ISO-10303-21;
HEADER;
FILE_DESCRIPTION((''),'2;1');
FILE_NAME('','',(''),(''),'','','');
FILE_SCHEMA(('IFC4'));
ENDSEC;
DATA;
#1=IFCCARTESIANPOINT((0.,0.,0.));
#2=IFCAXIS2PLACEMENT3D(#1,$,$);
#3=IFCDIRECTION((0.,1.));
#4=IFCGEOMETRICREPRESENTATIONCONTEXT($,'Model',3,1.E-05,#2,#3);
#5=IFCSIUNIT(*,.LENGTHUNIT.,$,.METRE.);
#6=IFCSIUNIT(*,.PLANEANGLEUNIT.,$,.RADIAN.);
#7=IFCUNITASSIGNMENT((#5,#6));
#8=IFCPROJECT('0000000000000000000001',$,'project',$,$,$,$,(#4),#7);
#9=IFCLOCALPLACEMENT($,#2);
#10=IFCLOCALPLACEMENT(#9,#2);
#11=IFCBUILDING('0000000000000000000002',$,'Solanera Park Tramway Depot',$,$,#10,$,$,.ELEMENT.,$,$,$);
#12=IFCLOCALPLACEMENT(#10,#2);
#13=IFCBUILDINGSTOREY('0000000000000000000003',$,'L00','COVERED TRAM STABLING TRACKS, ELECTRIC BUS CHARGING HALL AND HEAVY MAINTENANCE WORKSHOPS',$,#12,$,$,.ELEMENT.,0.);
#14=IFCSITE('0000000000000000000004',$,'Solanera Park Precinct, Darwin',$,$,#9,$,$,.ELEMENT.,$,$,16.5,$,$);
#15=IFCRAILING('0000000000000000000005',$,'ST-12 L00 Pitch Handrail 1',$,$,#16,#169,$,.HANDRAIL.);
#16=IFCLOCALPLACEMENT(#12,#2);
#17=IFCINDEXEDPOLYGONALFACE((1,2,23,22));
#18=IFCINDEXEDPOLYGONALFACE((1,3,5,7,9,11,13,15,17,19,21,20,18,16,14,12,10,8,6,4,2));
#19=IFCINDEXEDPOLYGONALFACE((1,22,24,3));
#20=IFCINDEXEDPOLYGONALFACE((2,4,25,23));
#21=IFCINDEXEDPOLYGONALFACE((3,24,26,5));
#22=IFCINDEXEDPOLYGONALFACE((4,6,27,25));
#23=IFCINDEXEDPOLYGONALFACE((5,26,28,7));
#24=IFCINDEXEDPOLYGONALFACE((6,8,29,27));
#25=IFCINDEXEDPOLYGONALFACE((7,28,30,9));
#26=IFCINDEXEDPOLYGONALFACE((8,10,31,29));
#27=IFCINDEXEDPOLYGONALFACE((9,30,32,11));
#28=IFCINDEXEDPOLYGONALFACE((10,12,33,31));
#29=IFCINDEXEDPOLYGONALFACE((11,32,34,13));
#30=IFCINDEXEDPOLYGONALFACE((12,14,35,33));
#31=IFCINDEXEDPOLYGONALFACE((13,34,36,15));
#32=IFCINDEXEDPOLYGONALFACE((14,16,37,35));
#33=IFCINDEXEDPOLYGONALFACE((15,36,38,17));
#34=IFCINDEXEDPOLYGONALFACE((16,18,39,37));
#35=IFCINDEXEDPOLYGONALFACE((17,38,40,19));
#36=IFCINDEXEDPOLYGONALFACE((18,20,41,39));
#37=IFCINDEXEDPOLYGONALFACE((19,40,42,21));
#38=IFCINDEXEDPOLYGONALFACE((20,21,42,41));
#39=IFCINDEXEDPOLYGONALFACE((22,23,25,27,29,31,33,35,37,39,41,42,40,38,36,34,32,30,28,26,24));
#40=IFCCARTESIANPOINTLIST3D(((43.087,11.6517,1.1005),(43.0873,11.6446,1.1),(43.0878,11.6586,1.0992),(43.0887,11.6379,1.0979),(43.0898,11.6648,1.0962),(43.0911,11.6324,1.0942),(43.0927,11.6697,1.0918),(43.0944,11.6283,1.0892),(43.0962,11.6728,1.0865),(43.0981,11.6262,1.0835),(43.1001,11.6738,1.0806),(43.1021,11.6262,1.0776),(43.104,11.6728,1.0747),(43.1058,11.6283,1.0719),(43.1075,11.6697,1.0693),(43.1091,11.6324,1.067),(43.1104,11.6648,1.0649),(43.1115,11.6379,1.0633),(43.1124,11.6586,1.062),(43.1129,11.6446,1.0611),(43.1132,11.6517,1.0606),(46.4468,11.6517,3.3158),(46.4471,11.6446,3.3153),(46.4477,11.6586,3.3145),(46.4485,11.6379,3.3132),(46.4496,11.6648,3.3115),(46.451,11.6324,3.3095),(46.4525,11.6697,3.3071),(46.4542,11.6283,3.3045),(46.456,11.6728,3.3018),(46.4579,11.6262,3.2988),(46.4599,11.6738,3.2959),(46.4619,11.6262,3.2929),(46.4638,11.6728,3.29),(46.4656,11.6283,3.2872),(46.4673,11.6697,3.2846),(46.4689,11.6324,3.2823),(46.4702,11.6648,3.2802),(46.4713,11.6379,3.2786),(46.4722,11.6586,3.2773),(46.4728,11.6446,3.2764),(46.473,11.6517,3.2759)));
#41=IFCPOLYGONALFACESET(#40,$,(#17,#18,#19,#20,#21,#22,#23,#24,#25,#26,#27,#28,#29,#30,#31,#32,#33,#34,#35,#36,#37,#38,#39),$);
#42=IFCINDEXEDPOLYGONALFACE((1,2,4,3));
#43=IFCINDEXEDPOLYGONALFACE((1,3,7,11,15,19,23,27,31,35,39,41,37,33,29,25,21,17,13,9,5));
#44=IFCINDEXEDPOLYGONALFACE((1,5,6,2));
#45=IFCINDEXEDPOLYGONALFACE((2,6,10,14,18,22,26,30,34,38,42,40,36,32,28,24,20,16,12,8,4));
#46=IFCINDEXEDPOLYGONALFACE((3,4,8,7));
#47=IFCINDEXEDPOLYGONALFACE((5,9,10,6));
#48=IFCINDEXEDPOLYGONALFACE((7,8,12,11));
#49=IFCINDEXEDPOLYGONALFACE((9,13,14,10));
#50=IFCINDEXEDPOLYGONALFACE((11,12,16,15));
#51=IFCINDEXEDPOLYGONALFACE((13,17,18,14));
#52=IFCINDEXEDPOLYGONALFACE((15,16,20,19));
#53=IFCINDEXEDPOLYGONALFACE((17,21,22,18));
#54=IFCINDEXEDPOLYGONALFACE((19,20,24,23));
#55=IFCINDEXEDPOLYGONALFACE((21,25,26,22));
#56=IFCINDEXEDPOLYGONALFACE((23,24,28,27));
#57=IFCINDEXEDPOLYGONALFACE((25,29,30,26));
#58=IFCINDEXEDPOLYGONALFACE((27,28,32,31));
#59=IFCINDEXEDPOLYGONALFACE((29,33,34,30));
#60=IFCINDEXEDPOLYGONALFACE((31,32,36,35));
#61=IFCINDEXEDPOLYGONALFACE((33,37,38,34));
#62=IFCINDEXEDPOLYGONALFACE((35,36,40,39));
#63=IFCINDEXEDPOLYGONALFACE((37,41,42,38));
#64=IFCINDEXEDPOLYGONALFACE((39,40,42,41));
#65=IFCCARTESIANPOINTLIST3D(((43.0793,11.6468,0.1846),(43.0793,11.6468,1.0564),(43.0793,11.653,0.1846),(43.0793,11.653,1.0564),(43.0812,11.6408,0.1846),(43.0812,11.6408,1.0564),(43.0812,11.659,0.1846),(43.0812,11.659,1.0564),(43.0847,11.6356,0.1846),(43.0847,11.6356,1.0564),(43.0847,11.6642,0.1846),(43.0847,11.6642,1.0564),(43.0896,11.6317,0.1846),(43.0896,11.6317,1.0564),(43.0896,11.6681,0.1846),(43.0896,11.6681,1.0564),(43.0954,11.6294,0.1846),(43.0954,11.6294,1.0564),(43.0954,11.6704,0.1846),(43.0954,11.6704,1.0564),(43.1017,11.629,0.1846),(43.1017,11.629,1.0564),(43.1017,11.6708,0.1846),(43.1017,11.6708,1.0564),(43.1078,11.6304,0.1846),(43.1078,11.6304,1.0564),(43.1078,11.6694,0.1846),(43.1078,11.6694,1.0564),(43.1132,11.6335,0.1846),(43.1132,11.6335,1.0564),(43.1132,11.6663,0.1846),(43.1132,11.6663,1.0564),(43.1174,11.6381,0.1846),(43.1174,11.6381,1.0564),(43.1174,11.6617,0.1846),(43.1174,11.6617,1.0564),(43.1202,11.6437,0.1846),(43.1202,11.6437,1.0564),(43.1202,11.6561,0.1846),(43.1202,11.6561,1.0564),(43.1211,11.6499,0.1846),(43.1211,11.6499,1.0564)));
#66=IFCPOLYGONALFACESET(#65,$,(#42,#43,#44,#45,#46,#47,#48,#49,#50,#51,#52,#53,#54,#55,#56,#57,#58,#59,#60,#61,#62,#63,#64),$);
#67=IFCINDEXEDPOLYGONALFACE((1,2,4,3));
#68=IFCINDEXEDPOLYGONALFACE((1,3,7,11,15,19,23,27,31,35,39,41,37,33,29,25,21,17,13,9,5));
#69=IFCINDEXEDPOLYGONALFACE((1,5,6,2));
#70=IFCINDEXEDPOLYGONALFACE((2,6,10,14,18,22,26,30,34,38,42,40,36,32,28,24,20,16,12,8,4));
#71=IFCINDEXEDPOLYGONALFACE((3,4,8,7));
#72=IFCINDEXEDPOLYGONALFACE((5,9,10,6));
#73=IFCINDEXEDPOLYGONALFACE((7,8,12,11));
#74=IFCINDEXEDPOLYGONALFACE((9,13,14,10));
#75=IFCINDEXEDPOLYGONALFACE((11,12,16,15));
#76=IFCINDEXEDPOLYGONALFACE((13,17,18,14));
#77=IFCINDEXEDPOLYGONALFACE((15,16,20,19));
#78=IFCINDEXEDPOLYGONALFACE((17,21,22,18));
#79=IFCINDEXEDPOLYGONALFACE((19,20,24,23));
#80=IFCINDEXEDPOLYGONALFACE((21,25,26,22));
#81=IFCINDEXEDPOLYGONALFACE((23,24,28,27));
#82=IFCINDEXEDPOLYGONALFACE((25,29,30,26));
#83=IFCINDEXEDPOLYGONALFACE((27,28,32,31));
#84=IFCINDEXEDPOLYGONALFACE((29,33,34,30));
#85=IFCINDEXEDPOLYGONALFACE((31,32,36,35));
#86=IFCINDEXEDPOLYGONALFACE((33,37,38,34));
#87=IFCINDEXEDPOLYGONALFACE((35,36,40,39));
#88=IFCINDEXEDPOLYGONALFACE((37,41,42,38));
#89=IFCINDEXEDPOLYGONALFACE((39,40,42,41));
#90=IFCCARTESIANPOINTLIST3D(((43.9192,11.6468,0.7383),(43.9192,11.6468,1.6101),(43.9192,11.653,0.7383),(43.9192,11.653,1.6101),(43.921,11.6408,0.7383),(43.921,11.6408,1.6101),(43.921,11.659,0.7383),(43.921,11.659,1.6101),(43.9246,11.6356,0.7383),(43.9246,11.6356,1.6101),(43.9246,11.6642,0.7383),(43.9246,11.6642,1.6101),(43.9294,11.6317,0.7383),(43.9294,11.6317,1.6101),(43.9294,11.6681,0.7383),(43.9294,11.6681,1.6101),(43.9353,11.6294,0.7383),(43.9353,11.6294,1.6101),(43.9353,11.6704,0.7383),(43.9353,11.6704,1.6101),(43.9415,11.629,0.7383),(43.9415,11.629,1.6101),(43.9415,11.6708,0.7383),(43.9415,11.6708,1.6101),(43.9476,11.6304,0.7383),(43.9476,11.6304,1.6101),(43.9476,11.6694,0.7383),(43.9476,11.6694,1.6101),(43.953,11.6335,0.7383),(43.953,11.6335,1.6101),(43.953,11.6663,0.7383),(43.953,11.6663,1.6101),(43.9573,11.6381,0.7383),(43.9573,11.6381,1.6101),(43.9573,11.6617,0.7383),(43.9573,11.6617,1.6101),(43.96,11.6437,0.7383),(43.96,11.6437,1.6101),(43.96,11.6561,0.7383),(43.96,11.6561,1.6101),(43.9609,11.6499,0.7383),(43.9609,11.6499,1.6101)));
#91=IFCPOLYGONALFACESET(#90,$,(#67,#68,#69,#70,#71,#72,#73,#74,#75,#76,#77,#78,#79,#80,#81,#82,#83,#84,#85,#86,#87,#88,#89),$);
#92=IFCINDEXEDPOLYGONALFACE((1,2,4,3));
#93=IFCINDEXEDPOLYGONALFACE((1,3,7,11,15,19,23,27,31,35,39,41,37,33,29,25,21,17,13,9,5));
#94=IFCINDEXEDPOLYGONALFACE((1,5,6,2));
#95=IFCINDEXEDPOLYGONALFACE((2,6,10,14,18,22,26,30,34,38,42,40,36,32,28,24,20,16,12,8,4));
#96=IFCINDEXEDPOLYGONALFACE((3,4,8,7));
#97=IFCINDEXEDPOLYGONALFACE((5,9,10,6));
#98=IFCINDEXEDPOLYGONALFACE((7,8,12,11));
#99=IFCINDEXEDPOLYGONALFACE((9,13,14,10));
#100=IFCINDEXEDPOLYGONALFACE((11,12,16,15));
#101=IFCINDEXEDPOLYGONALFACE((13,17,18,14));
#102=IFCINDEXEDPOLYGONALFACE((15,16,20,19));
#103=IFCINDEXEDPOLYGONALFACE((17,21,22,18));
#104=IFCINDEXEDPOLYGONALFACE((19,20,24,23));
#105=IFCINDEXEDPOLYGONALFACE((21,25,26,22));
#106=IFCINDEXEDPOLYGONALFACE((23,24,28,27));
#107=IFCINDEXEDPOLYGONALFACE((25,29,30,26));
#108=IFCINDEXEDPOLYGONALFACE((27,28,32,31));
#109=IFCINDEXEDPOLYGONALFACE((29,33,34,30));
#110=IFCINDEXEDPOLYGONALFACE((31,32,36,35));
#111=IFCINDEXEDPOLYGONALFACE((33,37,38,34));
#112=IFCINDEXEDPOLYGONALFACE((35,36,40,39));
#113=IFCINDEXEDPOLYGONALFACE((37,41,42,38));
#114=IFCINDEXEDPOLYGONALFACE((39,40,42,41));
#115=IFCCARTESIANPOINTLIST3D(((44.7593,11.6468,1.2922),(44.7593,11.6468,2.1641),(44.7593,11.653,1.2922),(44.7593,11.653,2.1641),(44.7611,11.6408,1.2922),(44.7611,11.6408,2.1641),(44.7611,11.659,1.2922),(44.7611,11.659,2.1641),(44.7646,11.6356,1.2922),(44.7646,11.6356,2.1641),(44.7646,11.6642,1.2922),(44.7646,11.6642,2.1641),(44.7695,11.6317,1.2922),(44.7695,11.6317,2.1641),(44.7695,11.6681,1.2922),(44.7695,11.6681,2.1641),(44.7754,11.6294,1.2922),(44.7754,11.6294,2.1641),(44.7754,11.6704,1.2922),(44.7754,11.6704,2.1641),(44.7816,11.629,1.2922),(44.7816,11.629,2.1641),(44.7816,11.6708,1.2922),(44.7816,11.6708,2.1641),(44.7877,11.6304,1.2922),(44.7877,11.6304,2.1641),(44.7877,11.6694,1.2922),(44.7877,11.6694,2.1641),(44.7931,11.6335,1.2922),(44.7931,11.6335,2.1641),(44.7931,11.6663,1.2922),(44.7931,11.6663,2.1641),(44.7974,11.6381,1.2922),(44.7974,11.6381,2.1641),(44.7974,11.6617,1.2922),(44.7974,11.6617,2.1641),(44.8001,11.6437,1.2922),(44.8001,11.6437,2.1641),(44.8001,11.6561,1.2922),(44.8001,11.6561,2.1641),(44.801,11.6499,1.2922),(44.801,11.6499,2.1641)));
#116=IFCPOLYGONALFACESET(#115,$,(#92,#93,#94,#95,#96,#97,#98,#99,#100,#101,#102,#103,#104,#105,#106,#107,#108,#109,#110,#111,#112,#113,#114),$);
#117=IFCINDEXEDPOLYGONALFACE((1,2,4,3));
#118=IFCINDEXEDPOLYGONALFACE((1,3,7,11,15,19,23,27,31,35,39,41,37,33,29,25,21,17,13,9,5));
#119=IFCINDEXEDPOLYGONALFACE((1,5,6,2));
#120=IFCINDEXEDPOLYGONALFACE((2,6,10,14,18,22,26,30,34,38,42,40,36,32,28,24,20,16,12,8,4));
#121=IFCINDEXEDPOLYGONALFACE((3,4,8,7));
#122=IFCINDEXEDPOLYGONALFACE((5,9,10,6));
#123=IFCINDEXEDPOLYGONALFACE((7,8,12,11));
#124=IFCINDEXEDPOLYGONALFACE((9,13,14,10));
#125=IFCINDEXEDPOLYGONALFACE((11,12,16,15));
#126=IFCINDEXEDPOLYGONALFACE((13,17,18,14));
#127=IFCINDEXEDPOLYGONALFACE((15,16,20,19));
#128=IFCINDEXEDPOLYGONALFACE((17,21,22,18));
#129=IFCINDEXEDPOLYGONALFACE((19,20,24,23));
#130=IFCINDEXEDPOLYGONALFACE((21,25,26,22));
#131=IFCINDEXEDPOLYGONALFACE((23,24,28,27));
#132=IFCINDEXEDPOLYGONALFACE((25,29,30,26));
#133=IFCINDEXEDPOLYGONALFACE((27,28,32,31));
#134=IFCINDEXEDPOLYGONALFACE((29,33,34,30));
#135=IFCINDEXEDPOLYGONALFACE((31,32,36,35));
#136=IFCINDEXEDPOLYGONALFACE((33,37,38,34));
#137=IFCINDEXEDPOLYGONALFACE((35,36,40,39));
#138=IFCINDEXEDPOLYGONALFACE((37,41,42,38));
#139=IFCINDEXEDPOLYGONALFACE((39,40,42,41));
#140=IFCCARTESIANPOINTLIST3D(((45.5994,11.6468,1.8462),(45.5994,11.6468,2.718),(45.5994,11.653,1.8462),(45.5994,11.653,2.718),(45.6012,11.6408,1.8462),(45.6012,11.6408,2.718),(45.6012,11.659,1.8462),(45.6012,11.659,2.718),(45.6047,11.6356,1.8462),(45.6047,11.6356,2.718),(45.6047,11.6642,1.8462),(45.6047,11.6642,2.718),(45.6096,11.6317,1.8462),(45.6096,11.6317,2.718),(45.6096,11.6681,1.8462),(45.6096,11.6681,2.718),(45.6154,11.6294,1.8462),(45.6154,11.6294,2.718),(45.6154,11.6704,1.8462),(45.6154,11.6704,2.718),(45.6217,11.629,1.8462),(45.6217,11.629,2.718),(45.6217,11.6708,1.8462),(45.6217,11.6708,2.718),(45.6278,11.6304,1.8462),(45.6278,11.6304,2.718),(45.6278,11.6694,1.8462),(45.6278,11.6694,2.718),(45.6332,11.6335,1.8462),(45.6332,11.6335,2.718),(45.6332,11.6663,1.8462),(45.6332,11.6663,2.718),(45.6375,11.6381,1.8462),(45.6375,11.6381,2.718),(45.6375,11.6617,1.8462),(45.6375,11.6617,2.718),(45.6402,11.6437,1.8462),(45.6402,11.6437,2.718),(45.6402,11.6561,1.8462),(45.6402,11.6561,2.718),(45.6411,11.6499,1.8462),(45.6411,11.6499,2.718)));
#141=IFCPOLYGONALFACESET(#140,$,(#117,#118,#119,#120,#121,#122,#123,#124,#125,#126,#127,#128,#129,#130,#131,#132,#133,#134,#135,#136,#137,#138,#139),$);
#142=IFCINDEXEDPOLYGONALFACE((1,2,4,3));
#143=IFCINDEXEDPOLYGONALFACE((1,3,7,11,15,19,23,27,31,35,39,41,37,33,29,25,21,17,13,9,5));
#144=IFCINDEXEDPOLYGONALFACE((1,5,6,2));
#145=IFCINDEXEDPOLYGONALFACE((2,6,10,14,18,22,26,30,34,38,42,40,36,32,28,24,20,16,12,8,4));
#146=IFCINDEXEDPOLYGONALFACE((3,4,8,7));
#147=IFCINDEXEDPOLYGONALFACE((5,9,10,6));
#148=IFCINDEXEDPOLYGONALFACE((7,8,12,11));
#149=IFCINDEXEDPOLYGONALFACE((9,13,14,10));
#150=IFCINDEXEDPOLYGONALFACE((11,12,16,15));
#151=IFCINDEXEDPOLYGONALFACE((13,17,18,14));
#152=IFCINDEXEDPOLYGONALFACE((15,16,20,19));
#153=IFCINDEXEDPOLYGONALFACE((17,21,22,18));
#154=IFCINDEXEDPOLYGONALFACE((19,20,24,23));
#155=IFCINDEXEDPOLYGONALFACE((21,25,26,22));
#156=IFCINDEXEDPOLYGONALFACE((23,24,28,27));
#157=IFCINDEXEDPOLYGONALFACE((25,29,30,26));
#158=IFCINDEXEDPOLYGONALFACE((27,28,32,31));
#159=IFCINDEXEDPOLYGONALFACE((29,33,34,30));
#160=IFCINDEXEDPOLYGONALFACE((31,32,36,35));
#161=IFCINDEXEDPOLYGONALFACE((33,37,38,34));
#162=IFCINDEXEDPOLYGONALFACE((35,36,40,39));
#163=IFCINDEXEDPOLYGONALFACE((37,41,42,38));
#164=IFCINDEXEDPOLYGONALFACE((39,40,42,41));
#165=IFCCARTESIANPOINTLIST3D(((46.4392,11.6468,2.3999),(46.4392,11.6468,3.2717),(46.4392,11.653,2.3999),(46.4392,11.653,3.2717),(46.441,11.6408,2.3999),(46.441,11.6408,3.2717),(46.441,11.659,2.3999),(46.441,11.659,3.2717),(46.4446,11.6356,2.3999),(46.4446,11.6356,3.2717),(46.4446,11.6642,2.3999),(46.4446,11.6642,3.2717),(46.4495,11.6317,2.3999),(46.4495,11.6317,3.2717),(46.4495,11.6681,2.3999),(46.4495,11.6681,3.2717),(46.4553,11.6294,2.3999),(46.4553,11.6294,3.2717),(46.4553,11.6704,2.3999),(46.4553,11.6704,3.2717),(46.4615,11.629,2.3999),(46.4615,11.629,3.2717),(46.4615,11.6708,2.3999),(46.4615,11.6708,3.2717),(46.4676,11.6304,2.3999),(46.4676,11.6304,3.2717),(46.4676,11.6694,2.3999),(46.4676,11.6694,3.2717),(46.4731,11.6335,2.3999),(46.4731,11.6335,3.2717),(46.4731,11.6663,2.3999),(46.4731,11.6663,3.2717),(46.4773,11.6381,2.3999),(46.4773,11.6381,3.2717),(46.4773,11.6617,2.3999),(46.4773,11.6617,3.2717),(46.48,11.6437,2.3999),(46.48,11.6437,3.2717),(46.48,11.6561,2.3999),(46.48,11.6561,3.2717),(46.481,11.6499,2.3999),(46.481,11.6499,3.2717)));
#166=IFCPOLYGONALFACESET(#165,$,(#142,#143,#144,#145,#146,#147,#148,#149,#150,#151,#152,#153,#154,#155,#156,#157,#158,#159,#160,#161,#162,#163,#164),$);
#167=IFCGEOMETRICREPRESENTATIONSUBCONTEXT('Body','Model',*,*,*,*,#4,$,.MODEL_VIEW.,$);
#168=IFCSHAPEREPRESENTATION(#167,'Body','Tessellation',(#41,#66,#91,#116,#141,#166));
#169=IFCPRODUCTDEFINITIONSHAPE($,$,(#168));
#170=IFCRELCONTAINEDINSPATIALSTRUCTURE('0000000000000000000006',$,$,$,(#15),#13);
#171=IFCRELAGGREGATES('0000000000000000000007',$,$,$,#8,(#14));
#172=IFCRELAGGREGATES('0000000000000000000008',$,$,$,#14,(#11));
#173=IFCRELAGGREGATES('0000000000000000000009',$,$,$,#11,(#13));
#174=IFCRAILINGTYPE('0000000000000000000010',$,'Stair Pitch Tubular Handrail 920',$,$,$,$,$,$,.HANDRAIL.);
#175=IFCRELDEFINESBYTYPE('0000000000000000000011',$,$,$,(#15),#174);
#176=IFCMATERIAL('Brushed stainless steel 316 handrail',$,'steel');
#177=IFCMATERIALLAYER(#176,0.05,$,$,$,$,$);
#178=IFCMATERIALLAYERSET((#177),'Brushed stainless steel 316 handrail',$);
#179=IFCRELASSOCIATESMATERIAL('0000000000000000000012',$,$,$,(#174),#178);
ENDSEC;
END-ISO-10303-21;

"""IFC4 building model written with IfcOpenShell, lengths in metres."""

from ifc_helpers import new_model, si_unit, direction, frame, origin, origin_2d, place, context, subcontext, project, spatial, circle, extrude, material, layer, layer_set, type_object, element, save


model = new_model("IFC4")

# Units and contexts
model_context = context("Model", 3, precision=1e-05, world=origin(), true_north=direction((0.0, 1.0)))
body_context = subcontext(model_context, "Body", "Model", "MODEL_VIEW")
ifc_project = project(units=[si_unit("LENGTHUNIT", "METRE"), si_unit("PLANEANGLEUNIT", "RADIAN")], contexts=[model_context])

# Site, building, storey
site_placement = place(None, origin())
site = spatial("IfcSite", under=ifc_project, at=site_placement, Name="Solanera Park Precinct, Darwin", CompositionType="ELEMENT", RefElevation=16.5)
building_placement = place(site_placement, origin())
building = spatial("IfcBuilding", under=site, at=building_placement, Name="Solanera Park Tramway Depot", CompositionType="ELEMENT")
storey_placement = place(building_placement, origin())
storey = spatial("IfcBuildingStorey", under=building, at=storey_placement, Name="L00", Description="COVERED TRAM STABLING TRACKS, ELECTRIC BUS CHARGING HALL AND HEAVY MAINTENANCE WORKSHOPS", CompositionType="ELEMENT", Elevation=0.0)

# Railing
ifc_material_1 = material(Name="Brushed stainless steel 316 handrail", Category="steel")
ifc_layer_1 = layer(ifc_material_1, 0.05)
ifc_layer_set_1 = layer_set([ifc_layer_1], Name="Brushed stainless steel 316 handrail")
railing_type_1 = type_object("IfcRailingType", Name="Stair Pitch Tubular Handrail 920", PredefinedType="HANDRAIL", material=ifc_layer_set_1)
railing_1_placement = place(storey_placement, frame((43.1001, 11.6499, 0.1846)))
element("IfcRailing", 1, at=railing_1_placement, inside=storey, type_object=railing_type_1, Name="ST-12 L00 Pitch Handrail 1", PredefinedType="HANDRAIL", context=body_context, shape_type="SweptSolid", body=[
    extrude(circle(Radius=0.0239, at=origin_2d()), frame((0.0, 0.0, 0.896), z_axis=(0.834858, 0.0, 0.550465), x_axis=(0.0, 1.0, 0.0)), (0.0, 0.0, 1.0), 4.0244),
    extrude(circle(Radius=0.021, at=origin_2d()), origin(), (0.0, 0.0, 1.0), 0.8718),
    extrude(circle(Radius=0.021, at=origin_2d()), frame((0.8398, 0.0, 0.5537)), (0.0, 0.0, 1.0), 0.8718),
    extrude(circle(Radius=0.021, at=origin_2d()), frame((1.6799, 0.0, 1.1077)), (0.0, 0.0, 1.0), 0.8718),
    extrude(circle(Radius=0.021, at=origin_2d()), frame((2.52, 0.0, 1.6616)), (0.0, 0.0, 1.0), 0.8718),
    extrude(circle(Radius=0.021, at=origin_2d()), frame((3.3599, 0.0, 2.2153)), (0.0, 0.0, 1.0), 0.8718),
])

save(model, "model.ifc")
